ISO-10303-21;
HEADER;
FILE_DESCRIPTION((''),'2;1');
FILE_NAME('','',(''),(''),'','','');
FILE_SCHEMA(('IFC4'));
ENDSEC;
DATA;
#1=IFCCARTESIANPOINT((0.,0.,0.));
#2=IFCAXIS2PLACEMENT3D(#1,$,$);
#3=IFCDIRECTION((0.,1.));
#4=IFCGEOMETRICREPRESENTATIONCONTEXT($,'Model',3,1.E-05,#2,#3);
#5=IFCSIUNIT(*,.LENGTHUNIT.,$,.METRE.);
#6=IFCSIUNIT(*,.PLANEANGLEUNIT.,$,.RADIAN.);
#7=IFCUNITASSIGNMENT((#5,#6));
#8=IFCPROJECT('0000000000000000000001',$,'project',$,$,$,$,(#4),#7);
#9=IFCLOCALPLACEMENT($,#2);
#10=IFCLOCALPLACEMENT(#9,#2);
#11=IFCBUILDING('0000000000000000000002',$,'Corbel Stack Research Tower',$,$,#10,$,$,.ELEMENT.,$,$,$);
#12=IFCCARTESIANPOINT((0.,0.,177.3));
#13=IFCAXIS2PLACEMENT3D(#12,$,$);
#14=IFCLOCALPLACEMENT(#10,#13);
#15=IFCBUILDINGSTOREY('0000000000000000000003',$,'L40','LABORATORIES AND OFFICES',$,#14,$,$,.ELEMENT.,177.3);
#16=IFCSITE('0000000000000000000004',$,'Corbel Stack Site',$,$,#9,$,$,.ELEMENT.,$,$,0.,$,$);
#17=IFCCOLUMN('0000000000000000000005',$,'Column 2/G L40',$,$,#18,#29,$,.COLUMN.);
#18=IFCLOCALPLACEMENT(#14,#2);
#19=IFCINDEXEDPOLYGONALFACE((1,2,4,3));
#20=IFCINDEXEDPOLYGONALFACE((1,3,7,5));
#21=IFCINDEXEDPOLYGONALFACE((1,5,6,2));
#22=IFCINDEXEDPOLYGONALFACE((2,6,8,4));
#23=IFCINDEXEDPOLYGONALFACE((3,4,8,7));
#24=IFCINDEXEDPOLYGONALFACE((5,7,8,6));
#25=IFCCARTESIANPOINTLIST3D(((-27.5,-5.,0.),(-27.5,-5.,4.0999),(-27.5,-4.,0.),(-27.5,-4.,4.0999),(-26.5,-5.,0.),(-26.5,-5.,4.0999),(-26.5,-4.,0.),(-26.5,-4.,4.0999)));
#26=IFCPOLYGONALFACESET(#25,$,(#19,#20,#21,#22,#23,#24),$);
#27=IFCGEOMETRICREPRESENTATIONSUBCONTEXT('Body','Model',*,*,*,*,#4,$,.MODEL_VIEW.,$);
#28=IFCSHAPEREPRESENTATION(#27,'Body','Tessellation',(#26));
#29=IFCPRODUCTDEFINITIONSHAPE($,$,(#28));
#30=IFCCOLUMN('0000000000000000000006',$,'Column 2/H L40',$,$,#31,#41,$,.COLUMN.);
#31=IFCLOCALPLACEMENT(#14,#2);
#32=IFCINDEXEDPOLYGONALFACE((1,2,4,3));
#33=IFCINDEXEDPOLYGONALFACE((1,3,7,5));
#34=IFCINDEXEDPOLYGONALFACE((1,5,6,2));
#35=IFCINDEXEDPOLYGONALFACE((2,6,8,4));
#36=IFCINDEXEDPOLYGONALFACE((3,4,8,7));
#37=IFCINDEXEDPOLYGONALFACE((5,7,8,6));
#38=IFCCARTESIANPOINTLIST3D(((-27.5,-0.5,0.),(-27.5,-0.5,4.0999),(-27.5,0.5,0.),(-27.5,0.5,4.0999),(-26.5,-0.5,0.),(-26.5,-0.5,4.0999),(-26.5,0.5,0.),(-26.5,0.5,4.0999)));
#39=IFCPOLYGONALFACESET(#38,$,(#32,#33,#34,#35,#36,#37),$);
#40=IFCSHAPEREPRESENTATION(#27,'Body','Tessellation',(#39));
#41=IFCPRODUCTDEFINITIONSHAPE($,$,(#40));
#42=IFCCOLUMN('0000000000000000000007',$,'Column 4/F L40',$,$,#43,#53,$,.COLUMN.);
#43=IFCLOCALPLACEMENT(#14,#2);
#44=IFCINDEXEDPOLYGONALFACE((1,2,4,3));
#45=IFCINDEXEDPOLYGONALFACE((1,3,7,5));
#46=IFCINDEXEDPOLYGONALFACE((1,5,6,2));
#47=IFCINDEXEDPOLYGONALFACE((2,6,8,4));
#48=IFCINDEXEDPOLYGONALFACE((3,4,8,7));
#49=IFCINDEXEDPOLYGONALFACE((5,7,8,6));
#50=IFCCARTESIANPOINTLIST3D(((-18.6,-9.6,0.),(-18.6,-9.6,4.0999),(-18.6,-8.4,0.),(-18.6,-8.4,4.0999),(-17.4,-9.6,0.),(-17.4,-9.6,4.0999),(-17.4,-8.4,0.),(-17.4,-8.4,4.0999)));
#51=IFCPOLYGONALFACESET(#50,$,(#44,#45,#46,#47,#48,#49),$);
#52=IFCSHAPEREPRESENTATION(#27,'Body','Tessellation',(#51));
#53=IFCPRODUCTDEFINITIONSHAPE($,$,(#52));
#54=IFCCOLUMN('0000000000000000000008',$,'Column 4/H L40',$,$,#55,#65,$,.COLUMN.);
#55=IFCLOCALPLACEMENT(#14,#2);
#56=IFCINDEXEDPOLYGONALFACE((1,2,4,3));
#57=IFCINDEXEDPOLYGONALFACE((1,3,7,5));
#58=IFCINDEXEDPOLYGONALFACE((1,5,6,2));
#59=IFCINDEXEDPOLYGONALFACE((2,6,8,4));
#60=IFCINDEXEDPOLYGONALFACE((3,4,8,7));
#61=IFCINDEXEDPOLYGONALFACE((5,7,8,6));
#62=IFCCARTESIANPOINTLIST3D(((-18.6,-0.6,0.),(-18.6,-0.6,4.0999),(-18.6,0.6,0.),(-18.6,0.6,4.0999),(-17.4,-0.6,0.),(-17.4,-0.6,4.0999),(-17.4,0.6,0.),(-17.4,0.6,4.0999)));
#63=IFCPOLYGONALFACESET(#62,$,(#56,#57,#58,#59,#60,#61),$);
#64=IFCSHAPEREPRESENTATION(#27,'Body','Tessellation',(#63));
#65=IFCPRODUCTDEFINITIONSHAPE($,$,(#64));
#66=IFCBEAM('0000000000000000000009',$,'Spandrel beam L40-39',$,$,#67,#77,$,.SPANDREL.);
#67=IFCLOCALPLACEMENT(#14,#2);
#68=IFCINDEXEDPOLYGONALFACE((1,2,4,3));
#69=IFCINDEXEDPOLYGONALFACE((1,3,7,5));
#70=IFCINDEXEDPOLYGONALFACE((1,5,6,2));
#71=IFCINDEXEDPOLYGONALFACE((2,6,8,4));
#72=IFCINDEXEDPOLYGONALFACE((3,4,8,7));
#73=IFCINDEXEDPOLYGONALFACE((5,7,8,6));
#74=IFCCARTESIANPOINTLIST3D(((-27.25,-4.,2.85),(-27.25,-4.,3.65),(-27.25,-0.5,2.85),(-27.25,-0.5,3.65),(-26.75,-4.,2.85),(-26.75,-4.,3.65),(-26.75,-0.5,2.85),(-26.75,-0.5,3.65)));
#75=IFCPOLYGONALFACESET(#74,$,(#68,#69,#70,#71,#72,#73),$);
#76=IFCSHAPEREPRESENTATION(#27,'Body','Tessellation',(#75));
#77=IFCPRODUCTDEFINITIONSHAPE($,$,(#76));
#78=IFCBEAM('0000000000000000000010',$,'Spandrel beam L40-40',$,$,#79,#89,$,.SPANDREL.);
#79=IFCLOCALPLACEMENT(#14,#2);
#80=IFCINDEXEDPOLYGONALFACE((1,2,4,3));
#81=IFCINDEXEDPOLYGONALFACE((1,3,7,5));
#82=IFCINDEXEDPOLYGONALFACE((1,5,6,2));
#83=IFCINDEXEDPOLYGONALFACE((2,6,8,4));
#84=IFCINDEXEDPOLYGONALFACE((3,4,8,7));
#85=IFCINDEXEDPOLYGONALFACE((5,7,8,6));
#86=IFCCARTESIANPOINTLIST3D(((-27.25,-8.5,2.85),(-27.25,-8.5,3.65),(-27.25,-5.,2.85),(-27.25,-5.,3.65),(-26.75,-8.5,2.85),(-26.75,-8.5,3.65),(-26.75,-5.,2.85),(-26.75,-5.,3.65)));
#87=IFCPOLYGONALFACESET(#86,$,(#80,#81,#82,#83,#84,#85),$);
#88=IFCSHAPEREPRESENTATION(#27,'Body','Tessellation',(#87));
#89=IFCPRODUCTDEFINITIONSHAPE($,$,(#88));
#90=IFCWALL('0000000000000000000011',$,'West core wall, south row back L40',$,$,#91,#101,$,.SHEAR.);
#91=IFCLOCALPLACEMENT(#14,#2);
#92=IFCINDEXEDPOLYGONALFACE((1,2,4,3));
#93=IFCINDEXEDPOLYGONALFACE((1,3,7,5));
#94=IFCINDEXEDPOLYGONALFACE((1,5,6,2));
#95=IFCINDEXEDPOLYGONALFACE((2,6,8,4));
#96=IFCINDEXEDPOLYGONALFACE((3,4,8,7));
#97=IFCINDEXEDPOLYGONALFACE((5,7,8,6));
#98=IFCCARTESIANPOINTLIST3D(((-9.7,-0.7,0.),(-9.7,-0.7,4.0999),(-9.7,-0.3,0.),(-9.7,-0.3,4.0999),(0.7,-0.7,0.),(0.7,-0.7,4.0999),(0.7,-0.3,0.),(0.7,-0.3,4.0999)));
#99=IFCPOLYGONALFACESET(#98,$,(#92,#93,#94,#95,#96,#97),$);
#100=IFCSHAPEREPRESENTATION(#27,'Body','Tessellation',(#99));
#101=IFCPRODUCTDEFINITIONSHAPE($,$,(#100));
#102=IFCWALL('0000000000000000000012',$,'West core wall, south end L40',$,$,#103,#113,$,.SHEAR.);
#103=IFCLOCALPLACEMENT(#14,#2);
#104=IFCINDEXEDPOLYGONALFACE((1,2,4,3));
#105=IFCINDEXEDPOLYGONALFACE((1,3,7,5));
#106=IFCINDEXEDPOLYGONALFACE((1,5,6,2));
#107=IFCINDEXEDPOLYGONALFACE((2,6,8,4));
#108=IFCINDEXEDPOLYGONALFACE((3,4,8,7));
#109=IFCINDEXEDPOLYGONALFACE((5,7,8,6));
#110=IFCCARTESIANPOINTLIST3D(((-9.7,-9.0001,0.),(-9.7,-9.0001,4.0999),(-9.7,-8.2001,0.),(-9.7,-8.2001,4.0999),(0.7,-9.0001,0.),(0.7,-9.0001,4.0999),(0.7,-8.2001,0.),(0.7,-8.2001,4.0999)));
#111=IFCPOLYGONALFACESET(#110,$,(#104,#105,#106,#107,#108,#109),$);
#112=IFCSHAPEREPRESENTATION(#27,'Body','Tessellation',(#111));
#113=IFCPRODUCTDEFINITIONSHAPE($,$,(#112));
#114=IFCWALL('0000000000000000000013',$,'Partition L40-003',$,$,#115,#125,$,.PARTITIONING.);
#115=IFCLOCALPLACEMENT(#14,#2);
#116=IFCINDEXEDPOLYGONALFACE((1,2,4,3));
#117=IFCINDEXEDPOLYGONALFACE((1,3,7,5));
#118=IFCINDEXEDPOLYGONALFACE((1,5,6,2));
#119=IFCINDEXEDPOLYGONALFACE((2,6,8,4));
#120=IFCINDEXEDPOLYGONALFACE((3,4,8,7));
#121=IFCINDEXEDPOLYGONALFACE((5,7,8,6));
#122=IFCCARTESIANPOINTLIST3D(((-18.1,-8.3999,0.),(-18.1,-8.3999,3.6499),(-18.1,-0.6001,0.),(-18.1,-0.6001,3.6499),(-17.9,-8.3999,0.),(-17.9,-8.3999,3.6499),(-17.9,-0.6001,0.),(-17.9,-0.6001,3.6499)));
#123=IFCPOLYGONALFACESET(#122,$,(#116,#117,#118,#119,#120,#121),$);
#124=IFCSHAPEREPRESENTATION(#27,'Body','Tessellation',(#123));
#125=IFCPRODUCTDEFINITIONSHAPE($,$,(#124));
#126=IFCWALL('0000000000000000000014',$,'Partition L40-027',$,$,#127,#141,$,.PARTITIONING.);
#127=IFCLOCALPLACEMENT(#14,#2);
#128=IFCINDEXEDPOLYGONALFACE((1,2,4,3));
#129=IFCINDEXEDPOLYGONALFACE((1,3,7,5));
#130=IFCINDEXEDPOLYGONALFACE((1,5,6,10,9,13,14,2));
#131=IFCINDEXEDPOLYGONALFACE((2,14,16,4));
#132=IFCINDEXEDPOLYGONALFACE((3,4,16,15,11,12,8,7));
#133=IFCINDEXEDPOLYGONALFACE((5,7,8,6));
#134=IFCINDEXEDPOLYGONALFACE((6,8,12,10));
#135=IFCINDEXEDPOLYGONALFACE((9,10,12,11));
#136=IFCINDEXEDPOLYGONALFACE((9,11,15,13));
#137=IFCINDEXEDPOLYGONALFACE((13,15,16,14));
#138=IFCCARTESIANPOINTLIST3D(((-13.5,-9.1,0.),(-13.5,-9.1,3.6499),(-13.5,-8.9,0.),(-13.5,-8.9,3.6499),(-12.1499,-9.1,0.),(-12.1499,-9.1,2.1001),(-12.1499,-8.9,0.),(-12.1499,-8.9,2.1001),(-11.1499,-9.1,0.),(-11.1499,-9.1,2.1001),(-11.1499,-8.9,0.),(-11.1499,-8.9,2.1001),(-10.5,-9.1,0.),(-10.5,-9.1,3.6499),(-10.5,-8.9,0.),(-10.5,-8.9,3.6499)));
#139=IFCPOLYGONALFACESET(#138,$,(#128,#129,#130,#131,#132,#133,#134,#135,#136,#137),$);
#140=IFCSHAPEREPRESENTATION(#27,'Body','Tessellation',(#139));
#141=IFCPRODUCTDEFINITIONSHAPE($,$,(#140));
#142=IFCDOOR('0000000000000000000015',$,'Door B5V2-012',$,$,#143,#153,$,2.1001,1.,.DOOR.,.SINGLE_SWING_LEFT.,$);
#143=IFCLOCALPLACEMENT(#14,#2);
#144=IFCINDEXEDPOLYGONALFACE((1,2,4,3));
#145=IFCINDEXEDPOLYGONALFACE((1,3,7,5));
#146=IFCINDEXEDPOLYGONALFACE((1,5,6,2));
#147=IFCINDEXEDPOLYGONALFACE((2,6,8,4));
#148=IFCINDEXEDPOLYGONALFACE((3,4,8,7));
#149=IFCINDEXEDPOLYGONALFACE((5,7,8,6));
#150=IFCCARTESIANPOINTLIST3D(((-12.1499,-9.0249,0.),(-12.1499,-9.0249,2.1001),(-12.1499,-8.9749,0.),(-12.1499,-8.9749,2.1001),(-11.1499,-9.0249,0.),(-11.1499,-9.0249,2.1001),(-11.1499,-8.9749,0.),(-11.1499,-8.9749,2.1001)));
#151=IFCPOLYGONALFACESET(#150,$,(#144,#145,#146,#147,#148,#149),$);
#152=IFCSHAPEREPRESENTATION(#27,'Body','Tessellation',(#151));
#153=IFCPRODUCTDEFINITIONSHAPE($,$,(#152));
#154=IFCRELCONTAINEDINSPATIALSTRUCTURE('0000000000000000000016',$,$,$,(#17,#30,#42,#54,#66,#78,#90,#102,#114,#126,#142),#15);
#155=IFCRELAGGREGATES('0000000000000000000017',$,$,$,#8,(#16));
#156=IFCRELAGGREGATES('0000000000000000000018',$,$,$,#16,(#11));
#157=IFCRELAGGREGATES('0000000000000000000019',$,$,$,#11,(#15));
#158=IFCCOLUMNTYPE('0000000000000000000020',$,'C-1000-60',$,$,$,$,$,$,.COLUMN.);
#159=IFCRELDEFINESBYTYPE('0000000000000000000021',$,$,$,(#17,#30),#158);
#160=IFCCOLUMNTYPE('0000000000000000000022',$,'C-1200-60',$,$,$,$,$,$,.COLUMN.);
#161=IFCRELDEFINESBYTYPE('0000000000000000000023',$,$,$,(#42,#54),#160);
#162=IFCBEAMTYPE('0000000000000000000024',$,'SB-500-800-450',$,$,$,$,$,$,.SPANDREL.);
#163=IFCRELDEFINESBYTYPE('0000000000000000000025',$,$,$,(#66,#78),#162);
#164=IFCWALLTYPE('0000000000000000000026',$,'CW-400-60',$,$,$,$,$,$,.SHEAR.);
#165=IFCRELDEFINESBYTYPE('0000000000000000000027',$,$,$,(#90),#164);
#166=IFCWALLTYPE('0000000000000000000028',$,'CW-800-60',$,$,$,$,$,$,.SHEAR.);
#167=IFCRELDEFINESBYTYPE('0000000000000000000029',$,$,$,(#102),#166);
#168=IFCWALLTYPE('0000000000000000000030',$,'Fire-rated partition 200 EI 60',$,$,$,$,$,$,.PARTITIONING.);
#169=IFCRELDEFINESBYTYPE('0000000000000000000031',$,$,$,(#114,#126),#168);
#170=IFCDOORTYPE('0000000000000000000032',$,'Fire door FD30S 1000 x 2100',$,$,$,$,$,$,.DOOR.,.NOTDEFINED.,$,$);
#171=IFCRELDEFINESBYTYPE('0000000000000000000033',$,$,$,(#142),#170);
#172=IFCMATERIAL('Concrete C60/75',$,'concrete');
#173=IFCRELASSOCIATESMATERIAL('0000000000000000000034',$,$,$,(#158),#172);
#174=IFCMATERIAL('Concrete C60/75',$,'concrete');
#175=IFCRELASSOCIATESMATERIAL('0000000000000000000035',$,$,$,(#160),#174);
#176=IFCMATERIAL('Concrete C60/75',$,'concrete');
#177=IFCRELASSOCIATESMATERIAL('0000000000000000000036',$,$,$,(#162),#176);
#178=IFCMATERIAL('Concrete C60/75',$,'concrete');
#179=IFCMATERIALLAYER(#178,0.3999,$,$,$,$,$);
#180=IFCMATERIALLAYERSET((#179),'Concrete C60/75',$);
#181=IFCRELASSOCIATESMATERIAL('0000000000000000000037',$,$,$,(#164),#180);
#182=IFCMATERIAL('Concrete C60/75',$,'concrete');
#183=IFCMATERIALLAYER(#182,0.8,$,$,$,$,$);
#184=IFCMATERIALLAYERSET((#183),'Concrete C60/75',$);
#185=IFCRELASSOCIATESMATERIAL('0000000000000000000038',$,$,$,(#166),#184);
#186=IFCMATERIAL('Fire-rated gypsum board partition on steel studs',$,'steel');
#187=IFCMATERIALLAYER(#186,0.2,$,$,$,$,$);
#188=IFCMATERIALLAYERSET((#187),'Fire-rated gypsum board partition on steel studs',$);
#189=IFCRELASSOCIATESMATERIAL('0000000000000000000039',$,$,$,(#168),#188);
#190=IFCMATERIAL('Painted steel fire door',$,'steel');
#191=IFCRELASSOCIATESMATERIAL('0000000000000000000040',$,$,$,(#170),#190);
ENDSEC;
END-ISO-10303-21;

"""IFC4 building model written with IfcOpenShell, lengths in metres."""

from ifc_helpers import new_model, si_unit, direction, frame, frame_2d, origin, origin_2d, place, context, subcontext, project, spatial, rectangle, extrude, material, layer, layer_set, material_profile, profile_set, type_object, element, fill, save


model = new_model("IFC4")

# Units and contexts
model_context = context("Model", 3, precision=1e-05, world=origin(), true_north=direction((0.0, 1.0)))
body_context = subcontext(model_context, "Body", "Model", "MODEL_VIEW")
ifc_project = project(units=[si_unit("LENGTHUNIT", "METRE"), si_unit("PLANEANGLEUNIT", "RADIAN")], contexts=[model_context])

# Site, building, storey
site_placement = place(None, origin())
site = spatial("IfcSite", under=ifc_project, at=site_placement, Name="Corbel Stack Site", CompositionType="ELEMENT", RefElevation=0.0)
building_placement = place(site_placement, origin())
building = spatial("IfcBuilding", under=site, at=building_placement, Name="Corbel Stack Research Tower", CompositionType="ELEMENT")
storey_placement = place(building_placement, frame((0.0, 0.0, 177.3)))
storey = spatial("IfcBuildingStorey", under=building, at=storey_placement, Name="L40", Description="LABORATORIES AND OFFICES", CompositionType="ELEMENT", Elevation=177.3)

# Columns
ifc_material_1 = material(Name="Concrete C60/75", Category="concrete")
ifc_material_profile_1 = material_profile(ifc_material_1, rectangle(XDim=1.0, YDim=1.0, at=origin_2d()), Name="RC 1000 x 1000")
ifc_profile_set_1 = profile_set([ifc_material_profile_1], Name="Concrete C60/75")
column_type_1 = type_object("IfcColumnType", Name="C-1000-60", PredefinedType="COLUMN", material=ifc_profile_set_1)
for number, where, z_axis, x_axis, name in (
    (1, (-27.0, -4.5, 0.0), (0.0, 0.0, 1.0), (1.0, 0.0, 0.0), "Column 2/G L40"),
    (2, (-27.0, 0.0, 0.0), (0.0, 0.0, 1.0), (1.0, 0.0, 0.0), "Column 2/H L40"),
):
    element("IfcColumn", number, at=place(storey_placement, frame(where, z_axis=z_axis, x_axis=x_axis)), inside=storey, type_object=column_type_1, Name=name, PredefinedType="COLUMN", context=body_context, shape_type="SweptSolid", body=[
        extrude(rectangle(XDim=1.0, YDim=1.0, at=origin_2d()), origin(), (0.0, 0.0, 1.0), 4.0999),
    ])
ifc_material_2 = material(Name="Concrete C60/75", Category="concrete")
ifc_material_profile_2 = material_profile(ifc_material_2, rectangle(XDim=1.2, YDim=1.2, at=origin_2d()), Name="RC 1200 x 1200")
ifc_profile_set_2 = profile_set([ifc_material_profile_2], Name="Concrete C60/75")
column_type_2 = type_object("IfcColumnType", Name="C-1200-60", PredefinedType="COLUMN", material=ifc_profile_set_2)
for number, where, z_axis, x_axis, name in (
    (3, (-18.0, -9.0, 0.0), (0.0, 0.0, 1.0), (1.0, 0.0, 0.0), "Column 4/F L40"),
    (4, (-18.0, 0.0, 0.0), (0.0, 0.0, 1.0), (1.0, 0.0, 0.0), "Column 4/H L40"),
):
    element("IfcColumn", number, at=place(storey_placement, frame(where, z_axis=z_axis, x_axis=x_axis)), inside=storey, type_object=column_type_2, Name=name, PredefinedType="COLUMN", context=body_context, shape_type="SweptSolid", body=[
        extrude(rectangle(XDim=1.2, YDim=1.2, at=origin_2d()), origin(), (0.0, 0.0, 1.0), 4.0999),
    ])

# Beams
ifc_material_3 = material(Name="Concrete C60/75", Category="concrete")
ifc_material_profile_3 = material_profile(ifc_material_3, rectangle(XDim=0.5, YDim=0.8, at=origin_2d()), Name="RC 500 x 800")
ifc_profile_set_3 = profile_set([ifc_material_profile_3], Name="Concrete C60/75")
beam_type = type_object("IfcBeamType", Name="SB-500-800-450", PredefinedType="SPANDREL", material=ifc_profile_set_3)
for number, where, z_axis, x_axis, name in (
    (5, (-27.0, -0.5, 3.25), (0.0, -1.0, 0.0), (1.0, 0.0, 0.0), "Spandrel beam L40-39"),
    (6, (-27.0, -5.0, 3.25), (0.0, -1.0, 0.0), (1.0, 0.0, 0.0), "Spandrel beam L40-40"),
):
    element("IfcBeam", number, at=place(storey_placement, frame(where, z_axis=z_axis, x_axis=x_axis)), inside=storey, type_object=beam_type, Name=name, PredefinedType="SPANDREL", context=body_context, shape_type="SweptSolid", body=[
        extrude(rectangle(XDim=0.5, YDim=0.8, at=origin_2d()), origin(), (0.0, 0.0, 1.0), 3.5),
    ])

# Wall
ifc_material_4 = material(Name="Concrete C60/75", Category="concrete")
ifc_layer_1 = layer(ifc_material_4, 0.3999)
ifc_layer_set_1 = layer_set([ifc_layer_1], Name="Concrete C60/75")
wall_type_1 = type_object("IfcWallType", Name="CW-400-60", PredefinedType="SHEAR", material=ifc_layer_set_1)
wall_1_placement = place(storey_placement, frame((-9.7, -0.5, 0.0), z_axis=(0.0, 0.0, 1.0), x_axis=(1.0, 0.0, 0.0)))
element("IfcWall", 7, at=wall_1_placement, inside=storey, type_object=wall_type_1, Name="West core wall, south row back L40", PredefinedType="SHEAR", context=body_context, shape_type="SweptSolid", body=[
    extrude(rectangle(XDim=10.3999, YDim=0.3999, at=frame_2d((5.2, 0.0))), origin(), (0.0, 0.0, 1.0), 4.0999),
])

# Shared definitions
ifc_material_5 = material(Name="Concrete C60/75", Category="concrete")
ifc_layer_2 = layer(ifc_material_5, 0.8)
ifc_layer_set_2 = layer_set([ifc_layer_2], Name="Concrete C60/75")
wall_type_2 = type_object("IfcWallType", Name="CW-800-60", PredefinedType="SHEAR", material=ifc_layer_set_2)

# Walls
wall_2_placement = place(storey_placement, frame((-9.7, -8.6001, 0.0), z_axis=(0.0, 0.0, 1.0), x_axis=(1.0, 0.0, 0.0)))
element("IfcWall", 8, at=wall_2_placement, inside=storey, type_object=wall_type_2, Name="West core wall, south end L40", PredefinedType="SHEAR", context=body_context, shape_type="SweptSolid", body=[
    extrude(rectangle(XDim=10.3999, YDim=0.8, at=frame_2d((5.2, 0.0))), origin(), (0.0, 0.0, 1.0), 4.0999),
])
ifc_material_6 = material(Name="Fire-rated gypsum board partition on steel studs", Category="steel")
ifc_layer_3 = layer(ifc_material_6, 0.2)
ifc_layer_set_3 = layer_set([ifc_layer_3], Name="Fire-rated gypsum board partition on steel studs")
wall_type_3 = type_object("IfcWallType", Name="Fire-rated partition 200 EI 60", PredefinedType="PARTITIONING", material=ifc_layer_set_3)
wall_3_placement = place(storey_placement, frame((-18.0, -8.3999, 0.0), z_axis=(0.0, 0.0, 1.0), x_axis=(0.0, 1.0, 0.0)))
element("IfcWall", 9, at=wall_3_placement, inside=storey, type_object=wall_type_3, Name="Partition L40-003", PredefinedType="PARTITIONING", context=body_context, shape_type="SweptSolid", body=[
    extrude(rectangle(XDim=7.7998, YDim=0.2, at=frame_2d((3.8999, 0.0))), origin(), (0.0, 0.0, 1.0), 3.6499),
])

# Wall, opening, door
wall_4_placement = place(storey_placement, frame((-10.5, -9.0, 0.0), z_axis=(0.0, 0.0, 1.0), x_axis=(-1.0, 0.0, 0.0)))
wall_4 = element("IfcWall", 10, at=wall_4_placement, inside=storey, type_object=wall_type_3, Name="Partition L40-027", PredefinedType="PARTITIONING", context=body_context, shape_type="SweptSolid", body=[
    extrude(rectangle(XDim=3.0, YDim=0.2, at=frame_2d((1.5, 0.0))), origin(), (0.0, 0.0, 1.0), 3.6499),
])
opening_1_placement = place(wall_4_placement, frame((0.6499, 0.0, 0.0)))
opening_1 = element("IfcOpeningElement", 11, at=opening_1_placement, cuts=wall_4, PredefinedType="OPENING", context=body_context, shape_type="SweptSolid", body=[
    extrude(rectangle(XDim=1.0, YDim=2.1001, at=frame_2d((0.5, 1.05))), frame((0.0, 0.1099, 0.0), z_axis=(0.0, -1.0, 0.0), x_axis=(1.0, 0.0, 0.0)), (0.0, 0.0, 1.0), 0.22),
])
ifc_material_7 = material(Name="Painted steel fire door", Category="steel")
door_type_1 = type_object("IfcDoorType", Name="Fire door FD30S 1000 x 2100", OperationType="NOTDEFINED", PredefinedType="DOOR", material=ifc_material_7)
door_1_placement = place(opening_1_placement, origin())
door_1 = element("IfcDoor", 12, at=door_1_placement, inside=storey, type_object=door_type_1, Name="Door B5V2-012", OperationType="SINGLE_SWING_LEFT", OverallHeight=2.1001, OverallWidth=1.0, PredefinedType="DOOR", context=body_context, shape_type="SweptSolid", body=[
    extrude(rectangle(XDim=1.0, YDim=2.1001, at=frame_2d((0.5, 1.05))), frame((0.0, 0.0249, 0.0), z_axis=(0.0, -1.0, 0.0), x_axis=(1.0, 0.0, 0.0)), (0.0, 0.0, 1.0), 0.05),
])
fill(opening_1, door_1)

save(model, "model.ifc")
